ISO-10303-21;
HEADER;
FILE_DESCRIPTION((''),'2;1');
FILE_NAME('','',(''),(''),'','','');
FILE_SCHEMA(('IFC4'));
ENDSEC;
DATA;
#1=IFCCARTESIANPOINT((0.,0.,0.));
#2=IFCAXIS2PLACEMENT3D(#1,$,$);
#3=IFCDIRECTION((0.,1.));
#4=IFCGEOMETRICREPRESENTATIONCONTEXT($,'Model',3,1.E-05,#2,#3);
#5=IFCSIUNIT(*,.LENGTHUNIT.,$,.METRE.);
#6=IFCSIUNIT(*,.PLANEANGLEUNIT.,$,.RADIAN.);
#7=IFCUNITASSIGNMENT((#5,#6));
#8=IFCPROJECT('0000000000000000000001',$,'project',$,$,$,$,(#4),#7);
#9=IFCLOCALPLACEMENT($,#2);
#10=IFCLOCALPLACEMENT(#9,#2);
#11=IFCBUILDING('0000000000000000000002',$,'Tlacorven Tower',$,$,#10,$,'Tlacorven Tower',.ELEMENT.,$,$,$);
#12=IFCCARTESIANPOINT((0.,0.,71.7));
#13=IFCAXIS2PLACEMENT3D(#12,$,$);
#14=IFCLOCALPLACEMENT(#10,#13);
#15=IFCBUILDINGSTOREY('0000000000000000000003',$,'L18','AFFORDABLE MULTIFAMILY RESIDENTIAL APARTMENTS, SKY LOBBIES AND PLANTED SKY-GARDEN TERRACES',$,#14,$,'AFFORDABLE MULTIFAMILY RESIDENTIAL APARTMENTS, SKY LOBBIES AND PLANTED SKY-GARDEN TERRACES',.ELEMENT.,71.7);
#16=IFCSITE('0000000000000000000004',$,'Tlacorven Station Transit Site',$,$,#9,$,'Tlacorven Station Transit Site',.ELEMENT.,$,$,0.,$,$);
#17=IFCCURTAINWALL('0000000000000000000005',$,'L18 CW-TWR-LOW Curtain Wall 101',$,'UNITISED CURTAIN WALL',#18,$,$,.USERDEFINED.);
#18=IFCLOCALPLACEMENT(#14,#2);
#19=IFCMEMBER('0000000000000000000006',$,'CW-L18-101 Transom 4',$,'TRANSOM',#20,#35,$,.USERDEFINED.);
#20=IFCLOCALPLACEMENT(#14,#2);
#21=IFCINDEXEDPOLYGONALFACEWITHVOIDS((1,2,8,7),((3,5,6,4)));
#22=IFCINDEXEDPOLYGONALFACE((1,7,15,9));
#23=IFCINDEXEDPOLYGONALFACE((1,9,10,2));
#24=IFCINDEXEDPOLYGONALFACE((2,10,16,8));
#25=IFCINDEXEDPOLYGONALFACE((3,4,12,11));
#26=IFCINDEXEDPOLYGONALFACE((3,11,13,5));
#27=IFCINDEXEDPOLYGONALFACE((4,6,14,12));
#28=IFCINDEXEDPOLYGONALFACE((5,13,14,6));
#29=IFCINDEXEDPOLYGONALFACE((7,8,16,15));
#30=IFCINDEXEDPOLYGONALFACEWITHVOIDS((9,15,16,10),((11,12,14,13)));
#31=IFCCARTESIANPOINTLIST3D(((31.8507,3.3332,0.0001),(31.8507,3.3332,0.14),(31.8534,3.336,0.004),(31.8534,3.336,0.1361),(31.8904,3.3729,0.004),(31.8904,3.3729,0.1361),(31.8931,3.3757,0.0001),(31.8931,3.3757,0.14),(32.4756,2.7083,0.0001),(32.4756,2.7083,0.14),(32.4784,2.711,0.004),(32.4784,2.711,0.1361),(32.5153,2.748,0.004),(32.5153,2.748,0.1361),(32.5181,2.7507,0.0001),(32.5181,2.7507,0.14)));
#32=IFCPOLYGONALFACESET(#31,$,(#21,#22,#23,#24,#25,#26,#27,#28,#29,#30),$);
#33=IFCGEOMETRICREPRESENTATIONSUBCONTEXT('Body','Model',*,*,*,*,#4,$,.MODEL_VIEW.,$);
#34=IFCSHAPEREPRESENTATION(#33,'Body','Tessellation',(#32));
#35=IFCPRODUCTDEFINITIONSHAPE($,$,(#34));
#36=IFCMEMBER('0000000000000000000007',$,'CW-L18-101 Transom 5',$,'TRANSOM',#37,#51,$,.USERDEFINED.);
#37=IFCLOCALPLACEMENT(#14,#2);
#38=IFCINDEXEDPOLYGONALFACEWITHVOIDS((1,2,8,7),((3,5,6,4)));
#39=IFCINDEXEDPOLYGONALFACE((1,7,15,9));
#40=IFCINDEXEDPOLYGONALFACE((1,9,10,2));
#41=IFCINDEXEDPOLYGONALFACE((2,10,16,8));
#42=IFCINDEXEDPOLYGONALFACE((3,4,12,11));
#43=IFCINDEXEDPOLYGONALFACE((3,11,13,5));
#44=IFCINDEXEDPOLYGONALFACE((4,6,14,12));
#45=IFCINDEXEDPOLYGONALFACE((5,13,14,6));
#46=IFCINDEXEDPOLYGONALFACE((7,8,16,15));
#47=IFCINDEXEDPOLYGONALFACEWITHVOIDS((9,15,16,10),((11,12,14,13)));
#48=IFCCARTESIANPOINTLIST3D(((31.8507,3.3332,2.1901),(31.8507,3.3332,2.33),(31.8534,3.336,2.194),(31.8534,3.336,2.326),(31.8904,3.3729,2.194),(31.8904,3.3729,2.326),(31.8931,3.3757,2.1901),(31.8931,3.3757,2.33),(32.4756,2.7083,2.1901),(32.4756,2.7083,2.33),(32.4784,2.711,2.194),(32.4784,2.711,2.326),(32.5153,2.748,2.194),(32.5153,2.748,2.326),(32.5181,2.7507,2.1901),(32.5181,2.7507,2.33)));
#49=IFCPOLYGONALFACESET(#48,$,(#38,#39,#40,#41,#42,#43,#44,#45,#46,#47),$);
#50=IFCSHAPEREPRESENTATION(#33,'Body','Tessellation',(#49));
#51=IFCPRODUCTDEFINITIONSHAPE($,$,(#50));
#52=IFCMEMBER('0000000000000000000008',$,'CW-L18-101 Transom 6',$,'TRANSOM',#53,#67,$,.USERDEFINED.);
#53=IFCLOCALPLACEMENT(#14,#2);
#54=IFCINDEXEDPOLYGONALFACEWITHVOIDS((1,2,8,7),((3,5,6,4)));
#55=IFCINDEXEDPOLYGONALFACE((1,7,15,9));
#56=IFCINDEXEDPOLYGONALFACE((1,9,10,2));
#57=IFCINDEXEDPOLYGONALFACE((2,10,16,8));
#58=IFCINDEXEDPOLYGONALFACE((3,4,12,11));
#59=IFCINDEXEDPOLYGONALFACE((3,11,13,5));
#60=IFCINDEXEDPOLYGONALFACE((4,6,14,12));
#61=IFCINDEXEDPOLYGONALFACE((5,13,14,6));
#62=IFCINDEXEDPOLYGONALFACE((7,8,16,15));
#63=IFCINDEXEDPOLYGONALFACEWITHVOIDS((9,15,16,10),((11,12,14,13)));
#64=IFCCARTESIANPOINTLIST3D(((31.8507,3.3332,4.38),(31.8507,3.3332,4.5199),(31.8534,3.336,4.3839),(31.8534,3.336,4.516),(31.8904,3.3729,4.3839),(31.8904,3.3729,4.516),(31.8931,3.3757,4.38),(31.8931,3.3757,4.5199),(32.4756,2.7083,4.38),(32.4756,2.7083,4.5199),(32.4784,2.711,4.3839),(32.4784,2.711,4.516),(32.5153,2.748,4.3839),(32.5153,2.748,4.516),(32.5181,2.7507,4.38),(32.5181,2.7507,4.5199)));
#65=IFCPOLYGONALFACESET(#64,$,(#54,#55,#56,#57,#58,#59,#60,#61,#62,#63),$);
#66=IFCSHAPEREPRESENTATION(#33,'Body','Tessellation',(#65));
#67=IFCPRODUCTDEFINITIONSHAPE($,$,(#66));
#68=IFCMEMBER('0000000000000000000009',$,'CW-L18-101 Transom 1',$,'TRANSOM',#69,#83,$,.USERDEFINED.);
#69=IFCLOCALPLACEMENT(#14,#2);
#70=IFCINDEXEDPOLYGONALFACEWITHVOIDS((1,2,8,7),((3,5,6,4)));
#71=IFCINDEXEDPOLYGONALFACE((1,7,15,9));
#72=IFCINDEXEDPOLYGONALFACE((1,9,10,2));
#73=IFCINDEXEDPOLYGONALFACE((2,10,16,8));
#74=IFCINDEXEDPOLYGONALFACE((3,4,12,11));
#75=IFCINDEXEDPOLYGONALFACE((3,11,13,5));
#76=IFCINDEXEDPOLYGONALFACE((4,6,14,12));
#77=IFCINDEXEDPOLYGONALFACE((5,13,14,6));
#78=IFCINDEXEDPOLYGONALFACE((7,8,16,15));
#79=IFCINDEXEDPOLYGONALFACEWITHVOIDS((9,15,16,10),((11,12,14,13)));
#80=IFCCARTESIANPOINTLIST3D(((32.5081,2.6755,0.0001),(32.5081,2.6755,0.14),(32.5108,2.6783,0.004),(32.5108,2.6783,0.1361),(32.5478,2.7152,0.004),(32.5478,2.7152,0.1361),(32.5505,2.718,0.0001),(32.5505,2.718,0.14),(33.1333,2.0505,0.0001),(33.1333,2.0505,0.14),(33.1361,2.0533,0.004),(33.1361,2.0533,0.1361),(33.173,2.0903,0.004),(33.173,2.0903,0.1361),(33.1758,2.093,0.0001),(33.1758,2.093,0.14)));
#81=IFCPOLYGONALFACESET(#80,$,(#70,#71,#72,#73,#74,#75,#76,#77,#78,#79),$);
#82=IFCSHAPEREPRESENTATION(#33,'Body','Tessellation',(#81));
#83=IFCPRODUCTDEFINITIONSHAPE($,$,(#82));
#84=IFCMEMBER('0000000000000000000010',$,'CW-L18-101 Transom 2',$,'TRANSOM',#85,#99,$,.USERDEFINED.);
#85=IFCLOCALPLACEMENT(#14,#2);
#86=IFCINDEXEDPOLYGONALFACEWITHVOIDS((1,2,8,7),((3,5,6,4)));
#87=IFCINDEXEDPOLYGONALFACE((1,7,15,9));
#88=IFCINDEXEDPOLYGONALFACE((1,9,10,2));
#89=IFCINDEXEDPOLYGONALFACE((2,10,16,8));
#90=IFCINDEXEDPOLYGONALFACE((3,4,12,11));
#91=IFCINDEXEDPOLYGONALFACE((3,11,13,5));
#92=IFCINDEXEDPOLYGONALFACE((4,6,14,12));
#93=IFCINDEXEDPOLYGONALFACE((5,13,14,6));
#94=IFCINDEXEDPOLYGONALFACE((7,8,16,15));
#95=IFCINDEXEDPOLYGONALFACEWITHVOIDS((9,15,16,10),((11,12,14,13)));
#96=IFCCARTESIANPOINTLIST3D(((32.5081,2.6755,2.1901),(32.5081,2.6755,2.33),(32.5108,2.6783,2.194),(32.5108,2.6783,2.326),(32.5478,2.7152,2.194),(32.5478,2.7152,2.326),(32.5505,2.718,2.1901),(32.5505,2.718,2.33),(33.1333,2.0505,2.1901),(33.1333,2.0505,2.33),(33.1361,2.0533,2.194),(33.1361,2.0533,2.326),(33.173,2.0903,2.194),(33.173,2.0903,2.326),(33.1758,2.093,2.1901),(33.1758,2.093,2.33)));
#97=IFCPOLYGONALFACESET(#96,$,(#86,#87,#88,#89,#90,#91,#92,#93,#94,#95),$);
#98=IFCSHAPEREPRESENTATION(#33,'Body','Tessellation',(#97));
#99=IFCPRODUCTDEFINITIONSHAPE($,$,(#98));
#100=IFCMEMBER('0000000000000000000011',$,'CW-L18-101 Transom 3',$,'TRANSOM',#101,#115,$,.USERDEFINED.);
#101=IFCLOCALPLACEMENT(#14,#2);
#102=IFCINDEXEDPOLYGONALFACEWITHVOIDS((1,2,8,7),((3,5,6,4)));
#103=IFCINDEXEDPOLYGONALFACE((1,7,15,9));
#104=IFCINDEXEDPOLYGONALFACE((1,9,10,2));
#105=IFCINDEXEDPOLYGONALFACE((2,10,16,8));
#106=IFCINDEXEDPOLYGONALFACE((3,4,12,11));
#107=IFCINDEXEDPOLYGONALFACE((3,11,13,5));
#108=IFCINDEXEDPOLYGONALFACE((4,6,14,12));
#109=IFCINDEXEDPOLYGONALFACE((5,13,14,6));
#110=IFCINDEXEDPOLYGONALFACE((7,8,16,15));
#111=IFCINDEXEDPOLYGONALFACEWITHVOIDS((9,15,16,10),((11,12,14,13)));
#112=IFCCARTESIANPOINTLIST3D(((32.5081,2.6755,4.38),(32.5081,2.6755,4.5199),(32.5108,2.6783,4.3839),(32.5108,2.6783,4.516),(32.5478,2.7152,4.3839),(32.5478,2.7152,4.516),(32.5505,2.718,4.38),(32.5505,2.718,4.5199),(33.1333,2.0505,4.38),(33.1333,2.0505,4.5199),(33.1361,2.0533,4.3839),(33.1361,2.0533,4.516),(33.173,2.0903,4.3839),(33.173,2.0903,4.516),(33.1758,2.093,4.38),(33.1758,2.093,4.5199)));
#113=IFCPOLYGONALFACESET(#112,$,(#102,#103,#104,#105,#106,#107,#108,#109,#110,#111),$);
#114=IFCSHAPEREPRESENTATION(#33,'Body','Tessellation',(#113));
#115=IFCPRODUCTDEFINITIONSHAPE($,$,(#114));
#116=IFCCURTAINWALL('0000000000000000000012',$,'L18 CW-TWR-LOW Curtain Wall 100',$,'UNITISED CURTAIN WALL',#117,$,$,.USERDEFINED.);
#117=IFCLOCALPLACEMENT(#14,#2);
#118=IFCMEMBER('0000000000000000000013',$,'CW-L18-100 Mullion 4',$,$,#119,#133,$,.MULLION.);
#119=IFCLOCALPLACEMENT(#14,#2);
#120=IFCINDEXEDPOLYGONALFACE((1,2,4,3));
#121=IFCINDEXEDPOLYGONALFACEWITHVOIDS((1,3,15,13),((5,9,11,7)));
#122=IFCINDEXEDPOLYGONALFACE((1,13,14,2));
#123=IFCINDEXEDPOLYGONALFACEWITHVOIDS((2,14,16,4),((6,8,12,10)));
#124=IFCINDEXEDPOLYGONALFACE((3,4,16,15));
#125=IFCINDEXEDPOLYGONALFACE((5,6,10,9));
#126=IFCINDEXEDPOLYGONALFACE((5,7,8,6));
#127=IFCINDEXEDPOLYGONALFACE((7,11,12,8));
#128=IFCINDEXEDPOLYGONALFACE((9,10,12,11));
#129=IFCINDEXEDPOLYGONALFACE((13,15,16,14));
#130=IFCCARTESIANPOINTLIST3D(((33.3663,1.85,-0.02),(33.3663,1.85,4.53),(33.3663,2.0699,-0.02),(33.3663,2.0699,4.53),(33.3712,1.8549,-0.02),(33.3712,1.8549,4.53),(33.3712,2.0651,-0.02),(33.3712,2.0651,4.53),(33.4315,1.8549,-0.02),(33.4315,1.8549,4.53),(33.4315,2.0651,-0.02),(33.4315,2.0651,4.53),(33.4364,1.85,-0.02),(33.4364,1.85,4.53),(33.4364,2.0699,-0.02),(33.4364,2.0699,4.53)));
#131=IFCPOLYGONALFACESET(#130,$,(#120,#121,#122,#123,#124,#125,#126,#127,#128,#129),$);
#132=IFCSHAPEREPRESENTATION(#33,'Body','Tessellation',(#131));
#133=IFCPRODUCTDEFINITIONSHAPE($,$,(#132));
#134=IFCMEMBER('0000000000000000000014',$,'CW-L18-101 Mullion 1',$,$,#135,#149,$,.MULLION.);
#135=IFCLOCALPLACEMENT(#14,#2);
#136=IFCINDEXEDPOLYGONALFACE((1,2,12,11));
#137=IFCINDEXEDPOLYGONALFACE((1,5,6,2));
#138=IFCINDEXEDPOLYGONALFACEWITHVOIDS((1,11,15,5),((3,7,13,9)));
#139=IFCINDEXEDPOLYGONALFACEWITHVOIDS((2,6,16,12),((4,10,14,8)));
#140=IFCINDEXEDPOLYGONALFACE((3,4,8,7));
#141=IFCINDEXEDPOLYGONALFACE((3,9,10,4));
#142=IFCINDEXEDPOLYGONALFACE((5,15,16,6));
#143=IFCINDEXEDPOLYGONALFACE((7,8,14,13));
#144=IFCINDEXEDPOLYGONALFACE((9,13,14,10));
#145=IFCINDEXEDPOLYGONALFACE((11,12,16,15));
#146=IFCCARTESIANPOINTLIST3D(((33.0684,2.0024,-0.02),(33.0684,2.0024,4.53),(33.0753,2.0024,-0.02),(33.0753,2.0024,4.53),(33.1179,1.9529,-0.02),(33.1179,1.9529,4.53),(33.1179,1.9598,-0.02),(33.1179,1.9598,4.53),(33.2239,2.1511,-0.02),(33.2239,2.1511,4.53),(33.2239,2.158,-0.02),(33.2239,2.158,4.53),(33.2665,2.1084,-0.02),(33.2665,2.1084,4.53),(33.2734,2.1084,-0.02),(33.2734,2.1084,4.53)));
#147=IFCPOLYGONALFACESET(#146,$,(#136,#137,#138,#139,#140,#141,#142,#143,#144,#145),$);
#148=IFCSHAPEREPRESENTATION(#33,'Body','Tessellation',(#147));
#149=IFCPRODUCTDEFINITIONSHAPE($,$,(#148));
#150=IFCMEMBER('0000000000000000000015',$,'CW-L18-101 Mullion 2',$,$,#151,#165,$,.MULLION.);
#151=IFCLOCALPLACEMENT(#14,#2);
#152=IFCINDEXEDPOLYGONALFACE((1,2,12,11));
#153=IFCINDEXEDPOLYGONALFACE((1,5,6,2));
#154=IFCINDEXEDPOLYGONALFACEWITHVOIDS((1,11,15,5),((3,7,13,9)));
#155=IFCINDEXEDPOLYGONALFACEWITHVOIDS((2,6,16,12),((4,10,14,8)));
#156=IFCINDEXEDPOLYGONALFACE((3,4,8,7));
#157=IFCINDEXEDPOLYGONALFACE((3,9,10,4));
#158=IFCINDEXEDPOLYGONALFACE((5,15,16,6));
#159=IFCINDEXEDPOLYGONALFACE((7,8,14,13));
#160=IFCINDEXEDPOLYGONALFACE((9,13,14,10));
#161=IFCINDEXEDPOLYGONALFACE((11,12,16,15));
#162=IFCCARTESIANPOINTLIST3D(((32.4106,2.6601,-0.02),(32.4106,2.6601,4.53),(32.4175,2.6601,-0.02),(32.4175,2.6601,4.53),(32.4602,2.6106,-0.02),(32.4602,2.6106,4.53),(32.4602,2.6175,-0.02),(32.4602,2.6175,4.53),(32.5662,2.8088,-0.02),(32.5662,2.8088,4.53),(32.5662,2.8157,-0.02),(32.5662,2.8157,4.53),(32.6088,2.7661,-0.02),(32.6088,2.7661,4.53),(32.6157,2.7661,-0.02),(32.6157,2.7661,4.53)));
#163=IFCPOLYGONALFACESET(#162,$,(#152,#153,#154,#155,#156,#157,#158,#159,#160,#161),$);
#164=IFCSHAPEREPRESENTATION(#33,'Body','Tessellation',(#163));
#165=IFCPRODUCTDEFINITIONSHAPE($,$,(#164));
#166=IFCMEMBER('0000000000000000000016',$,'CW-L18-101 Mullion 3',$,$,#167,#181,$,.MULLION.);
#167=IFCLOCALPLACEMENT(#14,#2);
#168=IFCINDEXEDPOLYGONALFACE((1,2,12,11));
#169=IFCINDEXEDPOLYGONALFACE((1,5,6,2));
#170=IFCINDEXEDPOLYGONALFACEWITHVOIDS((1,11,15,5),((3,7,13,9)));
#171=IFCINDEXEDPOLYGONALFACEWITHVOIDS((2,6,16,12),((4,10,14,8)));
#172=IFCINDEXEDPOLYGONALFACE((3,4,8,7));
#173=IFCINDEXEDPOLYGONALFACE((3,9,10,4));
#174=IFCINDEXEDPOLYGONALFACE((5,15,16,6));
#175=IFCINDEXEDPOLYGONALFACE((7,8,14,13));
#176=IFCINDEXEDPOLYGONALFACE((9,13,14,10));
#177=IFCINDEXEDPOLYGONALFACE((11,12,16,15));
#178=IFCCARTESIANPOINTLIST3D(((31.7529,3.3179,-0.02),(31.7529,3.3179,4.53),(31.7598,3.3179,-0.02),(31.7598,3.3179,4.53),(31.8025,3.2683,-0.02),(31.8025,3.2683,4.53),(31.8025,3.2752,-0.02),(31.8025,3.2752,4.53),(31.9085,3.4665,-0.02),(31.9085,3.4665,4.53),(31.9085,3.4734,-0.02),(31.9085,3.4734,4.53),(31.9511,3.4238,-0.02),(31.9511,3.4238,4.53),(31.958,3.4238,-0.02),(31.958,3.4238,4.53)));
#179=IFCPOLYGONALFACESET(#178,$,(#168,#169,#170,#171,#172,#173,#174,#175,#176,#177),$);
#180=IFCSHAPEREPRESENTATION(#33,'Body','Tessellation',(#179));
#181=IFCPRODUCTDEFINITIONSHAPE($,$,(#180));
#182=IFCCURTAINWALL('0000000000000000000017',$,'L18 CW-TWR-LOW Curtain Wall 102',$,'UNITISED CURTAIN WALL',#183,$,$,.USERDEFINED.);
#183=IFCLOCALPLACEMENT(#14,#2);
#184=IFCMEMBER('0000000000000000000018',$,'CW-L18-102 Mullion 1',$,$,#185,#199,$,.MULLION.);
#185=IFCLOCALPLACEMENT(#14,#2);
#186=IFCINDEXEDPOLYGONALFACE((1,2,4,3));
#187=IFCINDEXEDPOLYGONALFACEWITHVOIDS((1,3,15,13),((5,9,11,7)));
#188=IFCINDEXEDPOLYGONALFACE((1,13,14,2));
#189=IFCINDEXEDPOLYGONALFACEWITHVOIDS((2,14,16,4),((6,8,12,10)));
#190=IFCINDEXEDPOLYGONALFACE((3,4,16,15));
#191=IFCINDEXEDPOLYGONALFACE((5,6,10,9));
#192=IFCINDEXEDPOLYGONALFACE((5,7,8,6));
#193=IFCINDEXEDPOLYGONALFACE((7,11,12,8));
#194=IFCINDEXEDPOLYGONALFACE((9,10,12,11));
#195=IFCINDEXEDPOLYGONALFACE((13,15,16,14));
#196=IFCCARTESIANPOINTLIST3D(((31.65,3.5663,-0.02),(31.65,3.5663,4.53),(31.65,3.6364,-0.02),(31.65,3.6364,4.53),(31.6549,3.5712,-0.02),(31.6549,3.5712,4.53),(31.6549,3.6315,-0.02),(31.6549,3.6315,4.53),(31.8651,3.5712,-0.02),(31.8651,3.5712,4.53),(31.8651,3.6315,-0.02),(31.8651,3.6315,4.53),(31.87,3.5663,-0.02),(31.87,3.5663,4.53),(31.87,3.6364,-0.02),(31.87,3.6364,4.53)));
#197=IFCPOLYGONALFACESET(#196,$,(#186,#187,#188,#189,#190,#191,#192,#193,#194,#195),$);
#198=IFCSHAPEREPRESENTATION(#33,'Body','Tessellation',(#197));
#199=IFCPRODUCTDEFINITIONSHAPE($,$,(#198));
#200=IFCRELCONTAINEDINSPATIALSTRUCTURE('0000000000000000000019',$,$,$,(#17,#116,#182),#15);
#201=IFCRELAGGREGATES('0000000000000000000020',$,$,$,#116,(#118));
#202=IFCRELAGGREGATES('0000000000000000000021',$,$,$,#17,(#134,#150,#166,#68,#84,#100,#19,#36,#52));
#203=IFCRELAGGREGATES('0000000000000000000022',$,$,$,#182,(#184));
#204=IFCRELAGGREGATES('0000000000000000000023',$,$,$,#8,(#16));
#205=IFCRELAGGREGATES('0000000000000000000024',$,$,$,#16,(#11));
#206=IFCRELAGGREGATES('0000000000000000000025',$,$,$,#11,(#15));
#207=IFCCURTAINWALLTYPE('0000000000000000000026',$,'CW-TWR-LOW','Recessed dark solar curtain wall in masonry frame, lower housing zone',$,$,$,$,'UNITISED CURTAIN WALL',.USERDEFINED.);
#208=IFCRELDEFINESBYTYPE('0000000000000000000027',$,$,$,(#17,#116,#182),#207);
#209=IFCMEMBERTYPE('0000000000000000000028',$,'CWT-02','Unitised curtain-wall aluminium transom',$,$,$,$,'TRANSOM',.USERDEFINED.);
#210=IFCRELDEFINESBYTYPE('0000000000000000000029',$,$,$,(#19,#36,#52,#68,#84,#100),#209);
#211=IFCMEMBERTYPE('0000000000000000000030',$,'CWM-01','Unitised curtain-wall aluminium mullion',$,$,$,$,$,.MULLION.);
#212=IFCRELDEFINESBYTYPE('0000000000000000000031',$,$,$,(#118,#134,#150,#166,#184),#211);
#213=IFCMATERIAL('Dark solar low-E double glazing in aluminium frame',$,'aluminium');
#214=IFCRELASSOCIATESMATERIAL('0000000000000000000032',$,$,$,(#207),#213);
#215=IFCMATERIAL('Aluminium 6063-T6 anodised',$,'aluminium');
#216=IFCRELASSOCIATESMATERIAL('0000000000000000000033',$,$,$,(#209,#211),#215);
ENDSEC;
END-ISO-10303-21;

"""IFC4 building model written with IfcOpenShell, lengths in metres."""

from ifc_helpers import new_model, si_unit, direction, frame, origin, origin_2d, place, context, subcontext, project, spatial, hollow_rectangle, extrude, source, transform, mapped, material, material_profile, profile_set, type_object, element, aggregate, save


model = new_model("IFC4")

# Units and contexts
model_context = context("Model", 3, precision=1e-05, world=origin(), true_north=direction((0.0, 1.0)))
body_context = subcontext(model_context, "Body", "Model", "MODEL_VIEW")
ifc_project = project(units=[si_unit("LENGTHUNIT", "METRE"), si_unit("PLANEANGLEUNIT", "RADIAN")], contexts=[model_context])

# Site, building, storey
site_placement = place(None, origin())
site = spatial("IfcSite", under=ifc_project, at=site_placement, Name="Tlacorven Station Transit Site", LongName="Tlacorven Station Transit Site", CompositionType="ELEMENT", RefElevation=0.0)
building_placement = place(site_placement, origin())
building = spatial("IfcBuilding", under=site, at=building_placement, Name="Tlacorven Tower", LongName="Tlacorven Tower", CompositionType="ELEMENT")
storey_placement = place(building_placement, frame((0.0, 0.0, 71.7)))
storey = spatial("IfcBuildingStorey", under=building, at=storey_placement, Name="L18", Description="AFFORDABLE MULTIFAMILY RESIDENTIAL APARTMENTS, SKY LOBBIES AND PLANTED SKY-GARDEN TERRACES", LongName="AFFORDABLE MULTIFAMILY RESIDENTIAL APARTMENTS, SKY LOBBIES AND PLANTED SKY-GARDEN TERRACES", CompositionType="ELEMENT", Elevation=71.7)

# Curtain wall, members
ifc_material_1 = material(Name="Dark solar low-E double glazing in aluminium frame", Category="aluminium")
curtain_wall_type = type_object("IfcCurtainWallType", Name="CW-TWR-LOW", Description="Recessed dark solar curtain wall in masonry frame, lower housing zone", ElementType="UNITISED CURTAIN WALL", PredefinedType="USERDEFINED", material=ifc_material_1)
curtain_wall_1_placement = place(storey_placement, origin())
curtain_wall_1 = element("IfcCurtainWall", 1, at=curtain_wall_1_placement, inside=storey, type_object=curtain_wall_type, Name="L18 CW-TWR-LOW Curtain Wall 101", ObjectType="UNITISED CURTAIN WALL", PredefinedType="USERDEFINED")
ifc_material_2 = material(Name="Aluminium 6063-T6 anodised", Category="aluminium")
ifc_material_profile_1 = material_profile(ifc_material_2, hollow_rectangle(XDim=0.0601, YDim=0.1399, WallThickness=0.0039, at=origin_2d()), Name="ALU TRANSOM 60X140")
ifc_profile_set_1 = profile_set([ifc_material_profile_1], Name="Aluminium 6063-T6 anodised")
member_type_1 = type_object("IfcMemberType", Name="CWT-02", Description="Unitised curtain-wall aluminium transom", ElementType="TRANSOM", PredefinedType="USERDEFINED", material=ifc_profile_set_1)
shared_shape_1 = source(origin(), body_context, "Body", "SweptSolid", [
    extrude(hollow_rectangle(XDim=0.0601, YDim=0.1399, WallThickness=0.0039, at=origin_2d()), origin(), (0.0, 0.0, 1.0), 0.8838),
])
member_1_placement = place(storey_placement, frame((32.4968, 2.7295, 0.0701), z_axis=(-0.707107, 0.707107, 0.0), x_axis=(-0.707107, -0.707107, 0.0)))
member_1 = element("IfcMember", 2, at=member_1_placement, type_object=member_type_1, Name="CW-L18-101 Transom 4", ObjectType="TRANSOM", PredefinedType="USERDEFINED", context=body_context, shape_type="MappedRepresentation", body=[
    mapped(shared_shape_1, transform((0.0, 0.0, 0.0), scale=1.0)),
])
member_2_placement = place(storey_placement, frame((32.4968, 2.7295, 2.26), z_axis=(-0.707107, 0.707107, 0.0), x_axis=(-0.707107, -0.707107, 0.0)))
member_2 = element("IfcMember", 3, at=member_2_placement, type_object=member_type_1, Name="CW-L18-101 Transom 5", ObjectType="TRANSOM", PredefinedType="USERDEFINED", context=body_context, shape_type="MappedRepresentation", body=[
    mapped(shared_shape_1, transform((0.0, 0.0, 0.0), scale=1.0)),
])
member_3_placement = place(storey_placement, frame((32.4968, 2.7295, 4.45), z_axis=(-0.707107, 0.707107, 0.0), x_axis=(-0.707107, -0.707107, 0.0)))
member_3 = element("IfcMember", 4, at=member_3_placement, type_object=member_type_1, Name="CW-L18-101 Transom 6", ObjectType="TRANSOM", PredefinedType="USERDEFINED", context=body_context, shape_type="MappedRepresentation", body=[
    mapped(shared_shape_1, transform((0.0, 0.0, 0.0), scale=1.0)),
])
shared_shape_2 = source(origin(), body_context, "Body", "SweptSolid", [
    extrude(hollow_rectangle(XDim=0.0601, YDim=0.1399, WallThickness=0.0039, at=origin_2d()), origin(), (0.0, 0.0, 1.0), 0.884),
])
member_4_placement = place(storey_placement, frame((33.1545, 2.0718, 0.0701), z_axis=(-0.707245, 0.706969, 0.0), x_axis=(-0.706969, -0.707245, 0.0)))
member_4 = element("IfcMember", 5, at=member_4_placement, type_object=member_type_1, Name="CW-L18-101 Transom 1", ObjectType="TRANSOM", PredefinedType="USERDEFINED", context=body_context, shape_type="MappedRepresentation", body=[
    mapped(shared_shape_2, transform((0.0, 0.0, 0.0), scale=1.0)),
])
member_5_placement = place(storey_placement, frame((33.1545, 2.0718, 2.26), z_axis=(-0.707245, 0.706969, 0.0), x_axis=(-0.706969, -0.707245, 0.0)))
member_5 = element("IfcMember", 6, at=member_5_placement, type_object=member_type_1, Name="CW-L18-101 Transom 2", ObjectType="TRANSOM", PredefinedType="USERDEFINED", context=body_context, shape_type="MappedRepresentation", body=[
    mapped(shared_shape_2, transform((0.0, 0.0, 0.0), scale=1.0)),
])
member_6_placement = place(storey_placement, frame((33.1545, 2.0718, 4.45), z_axis=(-0.707245, 0.706969, 0.0), x_axis=(-0.706969, -0.707245, 0.0)))
member_6 = element("IfcMember", 7, at=member_6_placement, type_object=member_type_1, Name="CW-L18-101 Transom 3", ObjectType="TRANSOM", PredefinedType="USERDEFINED", context=body_context, shape_type="MappedRepresentation", body=[
    mapped(shared_shape_2, transform((0.0, 0.0, 0.0), scale=1.0)),
])

# Curtain wall, member
curtain_wall_2_placement = place(storey_placement, origin())
curtain_wall_2 = element("IfcCurtainWall", 8, at=curtain_wall_2_placement, inside=storey, type_object=curtain_wall_type, Name="L18 CW-TWR-LOW Curtain Wall 100", ObjectType="UNITISED CURTAIN WALL", PredefinedType="USERDEFINED")
ifc_material_profile_2 = material_profile(ifc_material_2, hollow_rectangle(XDim=0.0701, YDim=0.22, WallThickness=0.0049, at=origin_2d()), Name="ALU MULLION 70X220")
ifc_profile_set_2 = profile_set([ifc_material_profile_2], Name="Aluminium 6063-T6 anodised")
member_type_2 = type_object("IfcMemberType", Name="CWM-01", Description="Unitised curtain-wall aluminium mullion", PredefinedType="MULLION", material=ifc_profile_set_2)
shared_shape_3 = source(origin(), body_context, "Body", "SweptSolid", [
    extrude(hollow_rectangle(XDim=0.0701, YDim=0.22, WallThickness=0.0049, at=origin_2d()), origin(), (0.0, 0.0, 1.0), 4.55),
])
member_7_placement = place(storey_placement, frame((33.4014, 1.96, -0.02), z_axis=(0.0, 0.0, 1.0), x_axis=(-1.0, 0.0, 0.0)))
member_7 = element("IfcMember", 9, at=member_7_placement, type_object=member_type_2, Name="CW-L18-100 Mullion 4", PredefinedType="MULLION", context=body_context, shape_type="MappedRepresentation", body=[
    mapped(shared_shape_3, transform((0.0, 0.0, 0.0), scale=1.0)),
])
aggregate(curtain_wall_2, [member_7])

# Members
member_8_placement = place(storey_placement, frame((33.1709, 2.0554, -0.02), z_axis=(0.0, 0.0, 1.0), x_axis=(-0.707107, 0.707107, 0.0)))
member_8 = element("IfcMember", 10, at=member_8_placement, type_object=member_type_2, Name="CW-L18-101 Mullion 1", PredefinedType="MULLION", context=body_context, shape_type="MappedRepresentation", body=[
    mapped(shared_shape_3, transform((0.0, 0.0, 0.0), scale=1.0)),
])
member_9_placement = place(storey_placement, frame((32.5132, 2.7131, -0.02), z_axis=(0.0, 0.0, 1.0), x_axis=(-0.707107, 0.707107, 0.0)))
member_9 = element("IfcMember", 11, at=member_9_placement, type_object=member_type_2, Name="CW-L18-101 Mullion 2", PredefinedType="MULLION", context=body_context, shape_type="MappedRepresentation", body=[
    mapped(shared_shape_3, transform((0.0, 0.0, 0.0), scale=1.0)),
])
member_10_placement = place(storey_placement, frame((31.8555, 3.3708, -0.02), z_axis=(0.0, 0.0, 1.0), x_axis=(-0.707107, 0.707107, 0.0)))
member_10 = element("IfcMember", 12, at=member_10_placement, type_object=member_type_2, Name="CW-L18-101 Mullion 3", PredefinedType="MULLION", context=body_context, shape_type="MappedRepresentation", body=[
    mapped(shared_shape_3, transform((0.0, 0.0, 0.0), scale=1.0)),
])

# Curtain wall, member
curtain_wall_3_placement = place(storey_placement, origin())
curtain_wall_3 = element("IfcCurtainWall", 13, at=curtain_wall_3_placement, inside=storey, type_object=curtain_wall_type, Name="L18 CW-TWR-LOW Curtain Wall 102", ObjectType="UNITISED CURTAIN WALL", PredefinedType="USERDEFINED")
member_11_placement = place(storey_placement, frame((31.76, 3.6013, -0.02), z_axis=(0.0, 0.0, 1.0), x_axis=(0.0, 1.0, 0.0)))
member_11 = element("IfcMember", 14, at=member_11_placement, type_object=member_type_2, Name="CW-L18-102 Mullion 1", PredefinedType="MULLION", context=body_context, shape_type="MappedRepresentation", body=[
    mapped(shared_shape_3, transform((0.0, 0.0, 0.0), scale=1.0)),
])

aggregate(curtain_wall_1, [member_8, member_9, member_10, member_4, member_5, member_6, member_1, member_2, member_3])
aggregate(curtain_wall_3, [member_11])

save(model, "model.ifc")
